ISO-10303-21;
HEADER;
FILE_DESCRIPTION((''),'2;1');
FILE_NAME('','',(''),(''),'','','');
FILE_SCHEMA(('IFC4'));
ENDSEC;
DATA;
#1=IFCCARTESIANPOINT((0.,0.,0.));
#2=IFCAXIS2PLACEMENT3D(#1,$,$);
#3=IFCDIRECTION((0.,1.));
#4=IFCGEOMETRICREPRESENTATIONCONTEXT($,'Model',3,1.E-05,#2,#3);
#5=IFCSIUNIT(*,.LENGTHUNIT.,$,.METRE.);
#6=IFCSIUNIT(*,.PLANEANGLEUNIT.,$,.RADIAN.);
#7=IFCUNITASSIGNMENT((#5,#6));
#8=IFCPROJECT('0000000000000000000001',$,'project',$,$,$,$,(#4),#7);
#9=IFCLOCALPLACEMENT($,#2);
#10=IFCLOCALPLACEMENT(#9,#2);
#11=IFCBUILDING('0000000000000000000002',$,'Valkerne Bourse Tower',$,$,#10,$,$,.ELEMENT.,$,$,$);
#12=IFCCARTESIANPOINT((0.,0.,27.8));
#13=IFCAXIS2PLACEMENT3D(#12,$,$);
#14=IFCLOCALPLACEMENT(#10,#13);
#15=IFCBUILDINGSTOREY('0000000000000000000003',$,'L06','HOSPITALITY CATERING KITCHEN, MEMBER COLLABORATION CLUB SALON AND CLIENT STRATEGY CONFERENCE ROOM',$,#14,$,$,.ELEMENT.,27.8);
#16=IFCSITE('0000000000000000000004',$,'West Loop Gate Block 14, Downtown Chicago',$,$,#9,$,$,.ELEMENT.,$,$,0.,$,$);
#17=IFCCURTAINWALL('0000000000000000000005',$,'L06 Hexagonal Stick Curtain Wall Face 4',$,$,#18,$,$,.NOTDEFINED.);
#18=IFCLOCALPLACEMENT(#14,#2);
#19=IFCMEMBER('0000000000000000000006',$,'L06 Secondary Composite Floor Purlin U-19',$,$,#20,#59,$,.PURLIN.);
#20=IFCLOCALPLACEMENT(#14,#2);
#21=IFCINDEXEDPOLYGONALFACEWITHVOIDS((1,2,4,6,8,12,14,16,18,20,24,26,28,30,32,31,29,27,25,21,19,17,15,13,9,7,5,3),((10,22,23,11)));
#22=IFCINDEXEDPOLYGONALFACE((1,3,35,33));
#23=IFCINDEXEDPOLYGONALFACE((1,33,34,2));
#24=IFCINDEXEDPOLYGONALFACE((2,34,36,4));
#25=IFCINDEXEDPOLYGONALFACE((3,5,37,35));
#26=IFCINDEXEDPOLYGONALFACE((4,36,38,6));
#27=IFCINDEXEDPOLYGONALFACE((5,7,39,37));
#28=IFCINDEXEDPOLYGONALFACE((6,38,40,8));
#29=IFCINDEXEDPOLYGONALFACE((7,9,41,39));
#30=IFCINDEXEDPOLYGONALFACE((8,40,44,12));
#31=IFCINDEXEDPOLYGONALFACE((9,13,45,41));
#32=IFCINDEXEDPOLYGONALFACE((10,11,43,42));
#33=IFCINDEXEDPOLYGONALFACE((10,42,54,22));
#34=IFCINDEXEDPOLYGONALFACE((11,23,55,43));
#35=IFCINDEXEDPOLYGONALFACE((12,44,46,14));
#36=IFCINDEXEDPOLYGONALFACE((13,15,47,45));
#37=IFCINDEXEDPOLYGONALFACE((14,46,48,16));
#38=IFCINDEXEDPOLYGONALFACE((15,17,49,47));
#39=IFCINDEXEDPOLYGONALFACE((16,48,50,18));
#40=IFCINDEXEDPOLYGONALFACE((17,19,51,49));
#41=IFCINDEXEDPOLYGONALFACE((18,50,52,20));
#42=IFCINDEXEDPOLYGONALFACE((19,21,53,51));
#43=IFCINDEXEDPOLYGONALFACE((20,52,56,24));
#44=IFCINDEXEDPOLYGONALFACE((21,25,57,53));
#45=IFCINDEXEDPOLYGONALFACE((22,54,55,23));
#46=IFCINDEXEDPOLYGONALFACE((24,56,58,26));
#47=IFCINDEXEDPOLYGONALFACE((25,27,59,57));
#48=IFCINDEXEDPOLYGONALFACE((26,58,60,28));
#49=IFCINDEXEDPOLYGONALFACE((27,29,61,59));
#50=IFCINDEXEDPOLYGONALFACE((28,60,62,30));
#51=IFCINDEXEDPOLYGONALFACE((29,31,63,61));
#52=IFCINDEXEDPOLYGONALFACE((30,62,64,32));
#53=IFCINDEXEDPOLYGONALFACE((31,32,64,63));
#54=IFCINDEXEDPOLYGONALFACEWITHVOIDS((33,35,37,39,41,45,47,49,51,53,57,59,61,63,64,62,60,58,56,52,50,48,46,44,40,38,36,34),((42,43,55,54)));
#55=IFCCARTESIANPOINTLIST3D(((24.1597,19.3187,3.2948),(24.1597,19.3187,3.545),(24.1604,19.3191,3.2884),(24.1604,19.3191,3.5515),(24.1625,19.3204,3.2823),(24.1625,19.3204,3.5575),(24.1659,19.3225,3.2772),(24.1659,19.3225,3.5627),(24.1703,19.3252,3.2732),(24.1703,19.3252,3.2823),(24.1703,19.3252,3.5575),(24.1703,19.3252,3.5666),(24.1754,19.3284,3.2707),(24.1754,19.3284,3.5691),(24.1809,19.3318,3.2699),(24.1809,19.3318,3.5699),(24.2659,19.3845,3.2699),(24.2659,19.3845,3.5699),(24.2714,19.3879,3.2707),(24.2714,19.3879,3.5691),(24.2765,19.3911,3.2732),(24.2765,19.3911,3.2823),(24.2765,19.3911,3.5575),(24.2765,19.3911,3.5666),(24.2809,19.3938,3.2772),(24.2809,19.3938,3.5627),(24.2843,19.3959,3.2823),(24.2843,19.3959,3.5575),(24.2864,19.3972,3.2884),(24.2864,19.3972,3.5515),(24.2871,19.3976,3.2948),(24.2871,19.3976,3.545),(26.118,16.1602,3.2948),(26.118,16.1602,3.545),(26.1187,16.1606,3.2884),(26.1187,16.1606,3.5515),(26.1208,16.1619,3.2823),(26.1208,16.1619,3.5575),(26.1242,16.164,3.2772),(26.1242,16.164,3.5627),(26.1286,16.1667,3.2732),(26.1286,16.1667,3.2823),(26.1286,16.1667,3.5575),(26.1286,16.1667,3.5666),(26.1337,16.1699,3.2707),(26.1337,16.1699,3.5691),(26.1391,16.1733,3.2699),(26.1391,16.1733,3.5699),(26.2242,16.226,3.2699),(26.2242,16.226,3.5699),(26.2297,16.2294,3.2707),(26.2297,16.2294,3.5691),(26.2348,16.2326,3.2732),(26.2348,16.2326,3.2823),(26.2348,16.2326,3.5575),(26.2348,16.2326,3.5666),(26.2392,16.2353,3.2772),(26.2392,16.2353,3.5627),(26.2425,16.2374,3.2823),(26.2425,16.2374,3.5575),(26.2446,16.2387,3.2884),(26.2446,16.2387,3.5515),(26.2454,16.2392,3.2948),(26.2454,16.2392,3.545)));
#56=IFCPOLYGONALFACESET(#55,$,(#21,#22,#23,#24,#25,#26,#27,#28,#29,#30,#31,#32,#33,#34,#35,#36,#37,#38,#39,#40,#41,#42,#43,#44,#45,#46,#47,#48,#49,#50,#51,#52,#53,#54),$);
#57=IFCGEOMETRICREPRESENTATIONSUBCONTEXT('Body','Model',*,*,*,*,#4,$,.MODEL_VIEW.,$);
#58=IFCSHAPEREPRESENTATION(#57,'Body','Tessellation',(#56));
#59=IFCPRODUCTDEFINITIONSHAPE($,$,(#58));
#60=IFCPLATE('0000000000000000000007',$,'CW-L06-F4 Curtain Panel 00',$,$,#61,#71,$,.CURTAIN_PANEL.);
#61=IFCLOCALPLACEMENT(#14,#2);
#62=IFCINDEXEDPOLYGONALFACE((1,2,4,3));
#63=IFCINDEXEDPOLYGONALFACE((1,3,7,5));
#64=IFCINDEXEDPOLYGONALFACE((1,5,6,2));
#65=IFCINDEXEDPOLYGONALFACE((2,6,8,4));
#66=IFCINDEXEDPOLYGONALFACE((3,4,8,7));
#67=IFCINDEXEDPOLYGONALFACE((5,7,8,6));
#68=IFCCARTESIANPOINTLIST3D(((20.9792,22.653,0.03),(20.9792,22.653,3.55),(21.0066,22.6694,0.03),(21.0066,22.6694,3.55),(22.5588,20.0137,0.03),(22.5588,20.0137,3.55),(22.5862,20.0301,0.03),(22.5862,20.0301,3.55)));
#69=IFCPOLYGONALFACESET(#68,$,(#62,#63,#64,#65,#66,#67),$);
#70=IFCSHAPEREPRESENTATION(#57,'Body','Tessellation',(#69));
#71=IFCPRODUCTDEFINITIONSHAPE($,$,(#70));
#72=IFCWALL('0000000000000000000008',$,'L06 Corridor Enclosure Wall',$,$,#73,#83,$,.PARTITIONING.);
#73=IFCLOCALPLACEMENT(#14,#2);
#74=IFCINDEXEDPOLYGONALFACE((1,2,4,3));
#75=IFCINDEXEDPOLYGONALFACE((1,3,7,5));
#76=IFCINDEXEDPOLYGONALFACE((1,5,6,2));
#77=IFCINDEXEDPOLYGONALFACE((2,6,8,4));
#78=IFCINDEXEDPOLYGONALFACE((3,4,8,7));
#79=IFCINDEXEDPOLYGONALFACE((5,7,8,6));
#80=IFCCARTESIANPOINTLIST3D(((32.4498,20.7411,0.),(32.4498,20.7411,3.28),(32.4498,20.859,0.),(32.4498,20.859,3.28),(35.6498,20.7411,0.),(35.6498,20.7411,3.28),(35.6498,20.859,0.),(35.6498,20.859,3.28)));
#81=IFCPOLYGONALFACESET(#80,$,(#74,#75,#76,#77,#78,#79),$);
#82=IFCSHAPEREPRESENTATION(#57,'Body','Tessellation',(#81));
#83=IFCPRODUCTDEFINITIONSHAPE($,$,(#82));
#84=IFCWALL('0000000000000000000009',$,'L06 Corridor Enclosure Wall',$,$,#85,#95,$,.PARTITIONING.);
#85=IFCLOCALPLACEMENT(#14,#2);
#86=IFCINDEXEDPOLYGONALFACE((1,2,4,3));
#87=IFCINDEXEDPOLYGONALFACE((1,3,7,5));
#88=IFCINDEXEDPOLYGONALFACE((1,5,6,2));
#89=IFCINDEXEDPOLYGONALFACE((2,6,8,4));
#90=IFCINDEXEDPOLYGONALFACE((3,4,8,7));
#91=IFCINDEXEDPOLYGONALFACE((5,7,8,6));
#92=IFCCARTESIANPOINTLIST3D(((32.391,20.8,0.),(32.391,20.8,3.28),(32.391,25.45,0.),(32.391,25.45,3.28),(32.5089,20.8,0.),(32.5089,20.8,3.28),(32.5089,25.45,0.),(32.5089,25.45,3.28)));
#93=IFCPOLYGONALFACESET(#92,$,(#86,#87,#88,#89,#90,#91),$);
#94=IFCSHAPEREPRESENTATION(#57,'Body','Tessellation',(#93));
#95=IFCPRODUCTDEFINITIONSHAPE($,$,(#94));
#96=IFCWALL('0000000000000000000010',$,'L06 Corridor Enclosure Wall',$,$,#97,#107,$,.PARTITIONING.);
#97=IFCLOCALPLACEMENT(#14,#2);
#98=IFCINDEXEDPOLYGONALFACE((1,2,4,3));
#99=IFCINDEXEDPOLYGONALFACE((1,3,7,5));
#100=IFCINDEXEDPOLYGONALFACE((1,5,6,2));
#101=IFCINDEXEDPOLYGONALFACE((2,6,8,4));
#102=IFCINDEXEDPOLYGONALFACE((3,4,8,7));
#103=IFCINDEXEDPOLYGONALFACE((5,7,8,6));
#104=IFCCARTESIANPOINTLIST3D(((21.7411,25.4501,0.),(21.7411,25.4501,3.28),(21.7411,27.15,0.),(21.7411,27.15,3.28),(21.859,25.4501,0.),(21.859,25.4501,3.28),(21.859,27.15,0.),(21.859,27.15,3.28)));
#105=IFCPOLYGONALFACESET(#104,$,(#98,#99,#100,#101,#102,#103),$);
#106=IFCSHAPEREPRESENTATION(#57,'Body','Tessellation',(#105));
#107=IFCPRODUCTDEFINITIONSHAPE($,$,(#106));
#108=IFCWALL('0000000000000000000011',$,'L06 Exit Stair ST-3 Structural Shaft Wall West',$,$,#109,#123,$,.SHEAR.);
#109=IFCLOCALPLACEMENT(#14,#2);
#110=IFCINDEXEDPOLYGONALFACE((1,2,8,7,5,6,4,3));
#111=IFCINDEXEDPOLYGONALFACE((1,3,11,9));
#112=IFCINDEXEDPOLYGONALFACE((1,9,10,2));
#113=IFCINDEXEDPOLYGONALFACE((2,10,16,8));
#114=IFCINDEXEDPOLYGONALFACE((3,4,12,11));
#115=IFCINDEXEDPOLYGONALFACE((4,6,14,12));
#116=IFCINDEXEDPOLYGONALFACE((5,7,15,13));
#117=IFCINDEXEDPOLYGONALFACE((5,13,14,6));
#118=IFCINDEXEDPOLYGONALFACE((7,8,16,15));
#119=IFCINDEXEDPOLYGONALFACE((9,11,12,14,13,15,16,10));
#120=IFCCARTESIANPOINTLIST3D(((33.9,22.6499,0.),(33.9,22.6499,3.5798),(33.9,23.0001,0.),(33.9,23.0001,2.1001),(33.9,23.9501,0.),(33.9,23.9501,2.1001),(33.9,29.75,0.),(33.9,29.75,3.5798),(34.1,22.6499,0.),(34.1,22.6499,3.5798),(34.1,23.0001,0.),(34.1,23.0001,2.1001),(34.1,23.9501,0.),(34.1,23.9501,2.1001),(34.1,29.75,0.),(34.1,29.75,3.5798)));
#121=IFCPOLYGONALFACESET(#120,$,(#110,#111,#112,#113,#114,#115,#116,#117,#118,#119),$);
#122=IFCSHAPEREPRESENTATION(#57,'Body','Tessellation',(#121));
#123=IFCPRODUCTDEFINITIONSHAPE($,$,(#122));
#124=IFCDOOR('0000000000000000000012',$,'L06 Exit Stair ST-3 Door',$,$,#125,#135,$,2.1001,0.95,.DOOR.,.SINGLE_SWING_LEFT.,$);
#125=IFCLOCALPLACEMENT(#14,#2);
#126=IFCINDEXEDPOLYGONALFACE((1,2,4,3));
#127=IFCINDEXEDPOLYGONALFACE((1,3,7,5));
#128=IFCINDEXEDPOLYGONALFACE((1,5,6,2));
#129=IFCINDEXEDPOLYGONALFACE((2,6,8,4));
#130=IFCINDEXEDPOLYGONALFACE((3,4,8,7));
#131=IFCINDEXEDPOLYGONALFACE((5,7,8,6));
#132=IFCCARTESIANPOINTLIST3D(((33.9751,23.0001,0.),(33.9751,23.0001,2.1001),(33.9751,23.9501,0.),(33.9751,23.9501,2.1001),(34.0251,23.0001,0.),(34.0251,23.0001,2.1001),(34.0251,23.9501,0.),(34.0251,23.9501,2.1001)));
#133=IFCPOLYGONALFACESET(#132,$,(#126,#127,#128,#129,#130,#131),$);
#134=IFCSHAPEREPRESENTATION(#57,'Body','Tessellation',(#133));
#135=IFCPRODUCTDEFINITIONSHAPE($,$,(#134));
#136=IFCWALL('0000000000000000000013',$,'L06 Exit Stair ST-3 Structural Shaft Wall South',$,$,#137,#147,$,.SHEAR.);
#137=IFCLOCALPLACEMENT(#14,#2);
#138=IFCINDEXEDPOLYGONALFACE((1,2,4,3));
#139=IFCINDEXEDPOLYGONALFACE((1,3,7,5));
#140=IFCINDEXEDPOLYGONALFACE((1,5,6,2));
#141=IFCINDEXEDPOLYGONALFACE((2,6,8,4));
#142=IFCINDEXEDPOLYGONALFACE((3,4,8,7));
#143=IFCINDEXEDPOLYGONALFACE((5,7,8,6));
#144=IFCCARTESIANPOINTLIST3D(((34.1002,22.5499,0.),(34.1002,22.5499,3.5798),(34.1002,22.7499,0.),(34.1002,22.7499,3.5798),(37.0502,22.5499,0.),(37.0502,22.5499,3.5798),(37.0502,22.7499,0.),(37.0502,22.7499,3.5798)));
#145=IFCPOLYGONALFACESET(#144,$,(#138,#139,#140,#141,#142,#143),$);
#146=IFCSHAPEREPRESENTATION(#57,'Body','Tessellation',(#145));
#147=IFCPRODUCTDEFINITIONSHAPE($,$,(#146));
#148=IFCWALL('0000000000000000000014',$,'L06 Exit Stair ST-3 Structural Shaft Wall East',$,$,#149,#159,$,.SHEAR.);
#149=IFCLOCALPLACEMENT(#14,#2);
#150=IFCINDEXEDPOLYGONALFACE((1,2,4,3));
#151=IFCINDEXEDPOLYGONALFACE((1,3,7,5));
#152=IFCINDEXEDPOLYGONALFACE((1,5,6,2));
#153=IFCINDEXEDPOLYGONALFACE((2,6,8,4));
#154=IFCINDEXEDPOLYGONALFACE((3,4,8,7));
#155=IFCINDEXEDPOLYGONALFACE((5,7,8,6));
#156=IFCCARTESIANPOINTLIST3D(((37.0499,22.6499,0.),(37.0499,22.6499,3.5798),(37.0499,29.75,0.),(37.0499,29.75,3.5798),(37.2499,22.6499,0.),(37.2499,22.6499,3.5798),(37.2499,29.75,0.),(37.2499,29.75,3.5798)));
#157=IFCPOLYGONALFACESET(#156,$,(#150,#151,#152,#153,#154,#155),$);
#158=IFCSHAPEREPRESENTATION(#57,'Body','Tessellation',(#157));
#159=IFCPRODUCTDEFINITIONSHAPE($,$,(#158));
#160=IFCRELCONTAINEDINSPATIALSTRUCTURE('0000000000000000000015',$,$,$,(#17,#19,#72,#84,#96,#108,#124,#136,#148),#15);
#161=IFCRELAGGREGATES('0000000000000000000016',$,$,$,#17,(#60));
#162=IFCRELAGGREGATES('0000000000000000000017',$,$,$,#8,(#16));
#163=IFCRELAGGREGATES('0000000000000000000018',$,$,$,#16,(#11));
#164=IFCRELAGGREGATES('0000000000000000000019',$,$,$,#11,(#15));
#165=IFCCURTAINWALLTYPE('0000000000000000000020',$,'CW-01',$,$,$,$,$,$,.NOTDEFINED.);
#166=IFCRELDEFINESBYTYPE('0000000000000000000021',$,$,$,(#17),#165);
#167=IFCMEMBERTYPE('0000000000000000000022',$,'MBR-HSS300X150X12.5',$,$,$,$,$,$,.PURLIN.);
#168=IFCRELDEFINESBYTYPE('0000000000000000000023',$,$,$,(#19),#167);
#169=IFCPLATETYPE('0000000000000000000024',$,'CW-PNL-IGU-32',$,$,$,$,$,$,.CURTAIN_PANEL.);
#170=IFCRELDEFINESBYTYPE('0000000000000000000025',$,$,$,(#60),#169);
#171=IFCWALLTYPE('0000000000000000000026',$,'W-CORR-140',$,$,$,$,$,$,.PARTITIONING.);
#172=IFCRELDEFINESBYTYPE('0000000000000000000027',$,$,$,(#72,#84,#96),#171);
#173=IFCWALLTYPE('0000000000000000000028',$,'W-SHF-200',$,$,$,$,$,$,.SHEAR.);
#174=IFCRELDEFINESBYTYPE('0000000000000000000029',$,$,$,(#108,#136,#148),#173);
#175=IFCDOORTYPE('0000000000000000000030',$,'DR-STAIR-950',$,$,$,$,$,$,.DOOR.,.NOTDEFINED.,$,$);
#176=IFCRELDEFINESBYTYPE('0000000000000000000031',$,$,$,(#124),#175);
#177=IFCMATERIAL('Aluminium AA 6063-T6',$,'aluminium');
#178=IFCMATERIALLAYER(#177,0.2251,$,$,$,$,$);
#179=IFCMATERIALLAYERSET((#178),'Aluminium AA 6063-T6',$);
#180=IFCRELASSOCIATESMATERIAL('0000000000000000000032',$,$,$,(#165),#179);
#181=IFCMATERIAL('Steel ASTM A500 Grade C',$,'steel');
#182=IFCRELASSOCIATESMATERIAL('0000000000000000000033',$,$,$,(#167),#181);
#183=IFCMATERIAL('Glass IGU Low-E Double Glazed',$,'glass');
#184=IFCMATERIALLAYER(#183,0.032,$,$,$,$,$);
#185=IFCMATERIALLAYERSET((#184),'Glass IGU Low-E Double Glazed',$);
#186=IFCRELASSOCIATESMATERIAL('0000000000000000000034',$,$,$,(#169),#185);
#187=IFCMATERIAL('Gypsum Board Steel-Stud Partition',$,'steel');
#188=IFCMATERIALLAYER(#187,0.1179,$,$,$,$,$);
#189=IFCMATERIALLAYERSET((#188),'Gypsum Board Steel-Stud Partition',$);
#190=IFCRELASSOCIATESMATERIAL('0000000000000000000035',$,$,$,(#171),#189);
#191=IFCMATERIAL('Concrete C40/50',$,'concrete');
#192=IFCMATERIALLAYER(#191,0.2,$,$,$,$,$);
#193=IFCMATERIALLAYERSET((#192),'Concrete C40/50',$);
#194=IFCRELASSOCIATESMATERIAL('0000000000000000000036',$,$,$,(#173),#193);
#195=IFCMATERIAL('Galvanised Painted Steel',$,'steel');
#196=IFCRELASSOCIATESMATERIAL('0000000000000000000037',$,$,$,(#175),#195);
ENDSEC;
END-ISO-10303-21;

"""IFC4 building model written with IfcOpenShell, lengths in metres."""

from ifc_helpers import new_model, si_unit, direction, frame, frame_2d, origin, origin_2d, place, context, subcontext, project, spatial, rectangle, hollow_rectangle, extrude, material, layer, layer_set, material_profile, profile_set, type_object, element, fill, aggregate, save


model = new_model("IFC4")

# Units and contexts
model_context = context("Model", 3, precision=1e-05, world=origin(), true_north=direction((0.0, 1.0)))
body_context = subcontext(model_context, "Body", "Model", "MODEL_VIEW")
ifc_project = project(units=[si_unit("LENGTHUNIT", "METRE"), si_unit("PLANEANGLEUNIT", "RADIAN")], contexts=[model_context])

# Site, building, storey
site_placement = place(None, origin())
site = spatial("IfcSite", under=ifc_project, at=site_placement, Name="West Loop Gate Block 14, Downtown Chicago", CompositionType="ELEMENT", RefElevation=0.0)
building_placement = place(site_placement, origin())
building = spatial("IfcBuilding", under=site, at=building_placement, Name="Valkerne Bourse Tower", CompositionType="ELEMENT")
storey_placement = place(building_placement, frame((0.0, 0.0, 27.8)))
storey = spatial("IfcBuildingStorey", under=building, at=storey_placement, Name="L06", Description="HOSPITALITY CATERING KITCHEN, MEMBER COLLABORATION CLUB SALON AND CLIENT STRATEGY CONFERENCE ROOM", CompositionType="ELEMENT", Elevation=27.8)

# Curtain wall
ifc_material_1 = material(Name="Aluminium AA 6063-T6", Category="aluminium")
ifc_layer_1 = layer(ifc_material_1, 0.2251)
ifc_layer_set_1 = layer_set([ifc_layer_1], Name="Aluminium AA 6063-T6")
curtain_wall_type = type_object("IfcCurtainWallType", Name="CW-01", PredefinedType="NOTDEFINED", material=ifc_layer_set_1)
curtain_wall_placement = place(storey_placement, origin())
curtain_wall = element("IfcCurtainWall", 1, at=curtain_wall_placement, inside=storey, type_object=curtain_wall_type, Name="L06 Hexagonal Stick Curtain Wall Face 4", PredefinedType="NOTDEFINED")

# Member
ifc_material_2 = material(Name="Steel ASTM A500 Grade C", Category="steel")
ifc_material_profile_1 = material_profile(ifc_material_2, hollow_rectangle(XDim=0.1499, YDim=0.3, WallThickness=0.0125, OuterFilletRadius=0.0249, at=origin_2d()), Name="HSS300X150X12.5")
ifc_profile_set_1 = profile_set([ifc_material_profile_1], Name="Steel ASTM A500 Grade C")
member_type_1 = type_object("IfcMemberType", Name="MBR-HSS300X150X12.5", PredefinedType="PURLIN", material=ifc_profile_set_1)
member_1_placement = place(storey_placement, frame((24.2234, 19.3582, 3.4199), z_axis=(0.526943, -0.849901, 0.0), x_axis=(0.849901, 0.526943, 0.0)))
element("IfcMember", 2, at=member_1_placement, inside=storey, type_object=member_type_1, Name="L06 Secondary Composite Floor Purlin U-19", PredefinedType="PURLIN", context=body_context, shape_type="SweptSolid", body=[
    extrude(hollow_rectangle(XDim=0.1499, YDim=0.3, WallThickness=0.0125, OuterFilletRadius=0.0249, at=origin_2d()), origin(), (0.0, 0.0, 1.0), 3.7163),
])

# Plate
ifc_material_3 = material(Name="Glass IGU Low-E Double Glazed", Category="glass")
ifc_layer_2 = layer(ifc_material_3, 0.032)
ifc_layer_set_2 = layer_set([ifc_layer_2], Name="Glass IGU Low-E Double Glazed")
plate_type = type_object("IfcPlateType", Name="CW-PNL-IGU-32", PredefinedType="CURTAIN_PANEL", material=ifc_layer_set_2)
plate_placement = place(storey_placement, frame((21.7827, 21.3416, 0.03), z_axis=(0.0, 0.0, 1.0), x_axis=(0.513542, -0.858064, 0.0)))
plate = element("IfcPlate", 3, at=plate_placement, type_object=plate_type, Name="CW-L06-F4 Curtain Panel 00", PredefinedType="CURTAIN_PANEL", context=body_context, shape_type="SweptSolid", body=[
    extrude(rectangle(XDim=3.0759, YDim=0.032, at=origin_2d()), origin(), (0.0, 0.0, 1.0), 3.52),
])
aggregate(curtain_wall, [plate])

# Walls
ifc_material_4 = material(Name="Gypsum Board Steel-Stud Partition", Category="steel")
ifc_layer_3 = layer(ifc_material_4, 0.1179)
ifc_layer_set_3 = layer_set([ifc_layer_3], Name="Gypsum Board Steel-Stud Partition")
wall_type_1 = type_object("IfcWallType", Name="W-CORR-140", PredefinedType="PARTITIONING", material=ifc_layer_set_3)
wall_1_placement = place(storey_placement, frame((35.6499, 20.8, 0.0), z_axis=(0.0, 0.0, 1.0), x_axis=(-1.0, 0.0, 0.0)))
element("IfcWall", 4, at=wall_1_placement, inside=storey, type_object=wall_type_1, Name="L06 Corridor Enclosure Wall", PredefinedType="PARTITIONING", context=body_context, shape_type="SweptSolid", body=[
    extrude(rectangle(XDim=3.2, YDim=0.1179, at=frame_2d((1.6001, 0.0))), origin(), (0.0, 0.0, 1.0), 3.28),
])
wall_2_placement = place(storey_placement, frame((32.45, 20.8, 0.0), z_axis=(0.0, 0.0, 1.0), x_axis=(0.0, 1.0, 0.0)))
element("IfcWall", 5, at=wall_2_placement, inside=storey, type_object=wall_type_1, Name="L06 Corridor Enclosure Wall", PredefinedType="PARTITIONING", context=body_context, shape_type="SweptSolid", body=[
    extrude(rectangle(XDim=4.6499, YDim=0.1179, at=frame_2d((2.325, 0.0))), origin(), (0.0, 0.0, 1.0), 3.28),
])
wall_3_placement = place(storey_placement, frame((21.8, 25.45, 0.0), z_axis=(0.0, 0.0, 1.0), x_axis=(0.0, 1.0, 0.0)))
element("IfcWall", 6, at=wall_3_placement, inside=storey, type_object=wall_type_1, Name="L06 Corridor Enclosure Wall", PredefinedType="PARTITIONING", context=body_context, shape_type="SweptSolid", body=[
    extrude(rectangle(XDim=1.7, YDim=0.1179, at=frame_2d((0.8501, 0.0))), origin(), (0.0, 0.0, 1.0), 3.28),
])

# Wall, opening, door
ifc_material_5 = material(Name="Concrete C40/50", Category="concrete")
ifc_layer_4 = layer(ifc_material_5, 0.2)
ifc_layer_set_4 = layer_set([ifc_layer_4], Name="Concrete C40/50")
wall_type_2 = type_object("IfcWallType", Name="W-SHF-200", PredefinedType="SHEAR", material=ifc_layer_set_4)
wall_4_placement = place(storey_placement, frame((34.0, 22.6499, 0.0), z_axis=(0.0, 0.0, 1.0), x_axis=(0.0, 1.0, 0.0)))
wall_4 = element("IfcWall", 7, at=wall_4_placement, inside=storey, type_object=wall_type_2, Name="L06 Exit Stair ST-3 Structural Shaft Wall West", PredefinedType="SHEAR", context=body_context, shape_type="SweptSolid", body=[
    extrude(rectangle(XDim=7.1001, YDim=0.2, at=frame_2d((3.55, 0.0))), origin(), (0.0, 0.0, 1.0), 3.5798),
])
opening_placement = place(wall_4_placement, frame((0.3501, 0.0, 0.0)))
opening = element("IfcOpeningElement", 8, at=opening_placement, cuts=wall_4, PredefinedType="OPENING", context=body_context, shape_type="SweptSolid", body=[
    extrude(rectangle(XDim=0.95, YDim=2.1001, at=frame_2d((0.4751, 1.05))), frame((0.0, 0.1099, 0.0), z_axis=(0.0, -1.0, 0.0), x_axis=(1.0, 0.0, 0.0)), (0.0, 0.0, 1.0), 0.22),
])
ifc_material_6 = material(Name="Galvanised Painted Steel", Category="steel")
door_type = type_object("IfcDoorType", Name="DR-STAIR-950", OperationType="NOTDEFINED", PredefinedType="DOOR", material=ifc_material_6)
door_placement = place(opening_placement, origin())
door = element("IfcDoor", 9, at=door_placement, inside=storey, type_object=door_type, Name="L06 Exit Stair ST-3 Door", OperationType="SINGLE_SWING_LEFT", OverallHeight=2.1001, OverallWidth=0.95, PredefinedType="DOOR", context=body_context, shape_type="SweptSolid", body=[
    extrude(rectangle(XDim=0.95, YDim=2.1001, at=frame_2d((0.4751, 1.05))), frame((0.0, 0.0249, 0.0), z_axis=(0.0, -1.0, 0.0), x_axis=(1.0, 0.0, 0.0)), (0.0, 0.0, 1.0), 0.05),
])
fill(opening, door)

# Walls
wall_5_placement = place(storey_placement, frame((34.1001, 22.6499, 0.0), z_axis=(0.0, 0.0, 1.0), x_axis=(1.0, 0.0, 0.0)))
element("IfcWall", 10, at=wall_5_placement, inside=storey, type_object=wall_type_2, Name="L06 Exit Stair ST-3 Structural Shaft Wall South", PredefinedType="SHEAR", context=body_context, shape_type="SweptSolid", body=[
    extrude(rectangle(XDim=2.95, YDim=0.2, at=frame_2d((1.4751, 0.0))), origin(), (0.0, 0.0, 1.0), 3.5798),
])
wall_6_placement = place(storey_placement, frame((37.1499, 22.6499, 0.0), z_axis=(0.0, 0.0, 1.0), x_axis=(0.0, 1.0, 0.0)))
element("IfcWall", 11, at=wall_6_placement, inside=storey, type_object=wall_type_2, Name="L06 Exit Stair ST-3 Structural Shaft Wall East", PredefinedType="SHEAR", context=body_context, shape_type="SweptSolid", body=[
    extrude(rectangle(XDim=7.1001, YDim=0.2, at=frame_2d((3.55, 0.0))), origin(), (0.0, 0.0, 1.0), 3.5798),
])

save(model, "model.ifc")
